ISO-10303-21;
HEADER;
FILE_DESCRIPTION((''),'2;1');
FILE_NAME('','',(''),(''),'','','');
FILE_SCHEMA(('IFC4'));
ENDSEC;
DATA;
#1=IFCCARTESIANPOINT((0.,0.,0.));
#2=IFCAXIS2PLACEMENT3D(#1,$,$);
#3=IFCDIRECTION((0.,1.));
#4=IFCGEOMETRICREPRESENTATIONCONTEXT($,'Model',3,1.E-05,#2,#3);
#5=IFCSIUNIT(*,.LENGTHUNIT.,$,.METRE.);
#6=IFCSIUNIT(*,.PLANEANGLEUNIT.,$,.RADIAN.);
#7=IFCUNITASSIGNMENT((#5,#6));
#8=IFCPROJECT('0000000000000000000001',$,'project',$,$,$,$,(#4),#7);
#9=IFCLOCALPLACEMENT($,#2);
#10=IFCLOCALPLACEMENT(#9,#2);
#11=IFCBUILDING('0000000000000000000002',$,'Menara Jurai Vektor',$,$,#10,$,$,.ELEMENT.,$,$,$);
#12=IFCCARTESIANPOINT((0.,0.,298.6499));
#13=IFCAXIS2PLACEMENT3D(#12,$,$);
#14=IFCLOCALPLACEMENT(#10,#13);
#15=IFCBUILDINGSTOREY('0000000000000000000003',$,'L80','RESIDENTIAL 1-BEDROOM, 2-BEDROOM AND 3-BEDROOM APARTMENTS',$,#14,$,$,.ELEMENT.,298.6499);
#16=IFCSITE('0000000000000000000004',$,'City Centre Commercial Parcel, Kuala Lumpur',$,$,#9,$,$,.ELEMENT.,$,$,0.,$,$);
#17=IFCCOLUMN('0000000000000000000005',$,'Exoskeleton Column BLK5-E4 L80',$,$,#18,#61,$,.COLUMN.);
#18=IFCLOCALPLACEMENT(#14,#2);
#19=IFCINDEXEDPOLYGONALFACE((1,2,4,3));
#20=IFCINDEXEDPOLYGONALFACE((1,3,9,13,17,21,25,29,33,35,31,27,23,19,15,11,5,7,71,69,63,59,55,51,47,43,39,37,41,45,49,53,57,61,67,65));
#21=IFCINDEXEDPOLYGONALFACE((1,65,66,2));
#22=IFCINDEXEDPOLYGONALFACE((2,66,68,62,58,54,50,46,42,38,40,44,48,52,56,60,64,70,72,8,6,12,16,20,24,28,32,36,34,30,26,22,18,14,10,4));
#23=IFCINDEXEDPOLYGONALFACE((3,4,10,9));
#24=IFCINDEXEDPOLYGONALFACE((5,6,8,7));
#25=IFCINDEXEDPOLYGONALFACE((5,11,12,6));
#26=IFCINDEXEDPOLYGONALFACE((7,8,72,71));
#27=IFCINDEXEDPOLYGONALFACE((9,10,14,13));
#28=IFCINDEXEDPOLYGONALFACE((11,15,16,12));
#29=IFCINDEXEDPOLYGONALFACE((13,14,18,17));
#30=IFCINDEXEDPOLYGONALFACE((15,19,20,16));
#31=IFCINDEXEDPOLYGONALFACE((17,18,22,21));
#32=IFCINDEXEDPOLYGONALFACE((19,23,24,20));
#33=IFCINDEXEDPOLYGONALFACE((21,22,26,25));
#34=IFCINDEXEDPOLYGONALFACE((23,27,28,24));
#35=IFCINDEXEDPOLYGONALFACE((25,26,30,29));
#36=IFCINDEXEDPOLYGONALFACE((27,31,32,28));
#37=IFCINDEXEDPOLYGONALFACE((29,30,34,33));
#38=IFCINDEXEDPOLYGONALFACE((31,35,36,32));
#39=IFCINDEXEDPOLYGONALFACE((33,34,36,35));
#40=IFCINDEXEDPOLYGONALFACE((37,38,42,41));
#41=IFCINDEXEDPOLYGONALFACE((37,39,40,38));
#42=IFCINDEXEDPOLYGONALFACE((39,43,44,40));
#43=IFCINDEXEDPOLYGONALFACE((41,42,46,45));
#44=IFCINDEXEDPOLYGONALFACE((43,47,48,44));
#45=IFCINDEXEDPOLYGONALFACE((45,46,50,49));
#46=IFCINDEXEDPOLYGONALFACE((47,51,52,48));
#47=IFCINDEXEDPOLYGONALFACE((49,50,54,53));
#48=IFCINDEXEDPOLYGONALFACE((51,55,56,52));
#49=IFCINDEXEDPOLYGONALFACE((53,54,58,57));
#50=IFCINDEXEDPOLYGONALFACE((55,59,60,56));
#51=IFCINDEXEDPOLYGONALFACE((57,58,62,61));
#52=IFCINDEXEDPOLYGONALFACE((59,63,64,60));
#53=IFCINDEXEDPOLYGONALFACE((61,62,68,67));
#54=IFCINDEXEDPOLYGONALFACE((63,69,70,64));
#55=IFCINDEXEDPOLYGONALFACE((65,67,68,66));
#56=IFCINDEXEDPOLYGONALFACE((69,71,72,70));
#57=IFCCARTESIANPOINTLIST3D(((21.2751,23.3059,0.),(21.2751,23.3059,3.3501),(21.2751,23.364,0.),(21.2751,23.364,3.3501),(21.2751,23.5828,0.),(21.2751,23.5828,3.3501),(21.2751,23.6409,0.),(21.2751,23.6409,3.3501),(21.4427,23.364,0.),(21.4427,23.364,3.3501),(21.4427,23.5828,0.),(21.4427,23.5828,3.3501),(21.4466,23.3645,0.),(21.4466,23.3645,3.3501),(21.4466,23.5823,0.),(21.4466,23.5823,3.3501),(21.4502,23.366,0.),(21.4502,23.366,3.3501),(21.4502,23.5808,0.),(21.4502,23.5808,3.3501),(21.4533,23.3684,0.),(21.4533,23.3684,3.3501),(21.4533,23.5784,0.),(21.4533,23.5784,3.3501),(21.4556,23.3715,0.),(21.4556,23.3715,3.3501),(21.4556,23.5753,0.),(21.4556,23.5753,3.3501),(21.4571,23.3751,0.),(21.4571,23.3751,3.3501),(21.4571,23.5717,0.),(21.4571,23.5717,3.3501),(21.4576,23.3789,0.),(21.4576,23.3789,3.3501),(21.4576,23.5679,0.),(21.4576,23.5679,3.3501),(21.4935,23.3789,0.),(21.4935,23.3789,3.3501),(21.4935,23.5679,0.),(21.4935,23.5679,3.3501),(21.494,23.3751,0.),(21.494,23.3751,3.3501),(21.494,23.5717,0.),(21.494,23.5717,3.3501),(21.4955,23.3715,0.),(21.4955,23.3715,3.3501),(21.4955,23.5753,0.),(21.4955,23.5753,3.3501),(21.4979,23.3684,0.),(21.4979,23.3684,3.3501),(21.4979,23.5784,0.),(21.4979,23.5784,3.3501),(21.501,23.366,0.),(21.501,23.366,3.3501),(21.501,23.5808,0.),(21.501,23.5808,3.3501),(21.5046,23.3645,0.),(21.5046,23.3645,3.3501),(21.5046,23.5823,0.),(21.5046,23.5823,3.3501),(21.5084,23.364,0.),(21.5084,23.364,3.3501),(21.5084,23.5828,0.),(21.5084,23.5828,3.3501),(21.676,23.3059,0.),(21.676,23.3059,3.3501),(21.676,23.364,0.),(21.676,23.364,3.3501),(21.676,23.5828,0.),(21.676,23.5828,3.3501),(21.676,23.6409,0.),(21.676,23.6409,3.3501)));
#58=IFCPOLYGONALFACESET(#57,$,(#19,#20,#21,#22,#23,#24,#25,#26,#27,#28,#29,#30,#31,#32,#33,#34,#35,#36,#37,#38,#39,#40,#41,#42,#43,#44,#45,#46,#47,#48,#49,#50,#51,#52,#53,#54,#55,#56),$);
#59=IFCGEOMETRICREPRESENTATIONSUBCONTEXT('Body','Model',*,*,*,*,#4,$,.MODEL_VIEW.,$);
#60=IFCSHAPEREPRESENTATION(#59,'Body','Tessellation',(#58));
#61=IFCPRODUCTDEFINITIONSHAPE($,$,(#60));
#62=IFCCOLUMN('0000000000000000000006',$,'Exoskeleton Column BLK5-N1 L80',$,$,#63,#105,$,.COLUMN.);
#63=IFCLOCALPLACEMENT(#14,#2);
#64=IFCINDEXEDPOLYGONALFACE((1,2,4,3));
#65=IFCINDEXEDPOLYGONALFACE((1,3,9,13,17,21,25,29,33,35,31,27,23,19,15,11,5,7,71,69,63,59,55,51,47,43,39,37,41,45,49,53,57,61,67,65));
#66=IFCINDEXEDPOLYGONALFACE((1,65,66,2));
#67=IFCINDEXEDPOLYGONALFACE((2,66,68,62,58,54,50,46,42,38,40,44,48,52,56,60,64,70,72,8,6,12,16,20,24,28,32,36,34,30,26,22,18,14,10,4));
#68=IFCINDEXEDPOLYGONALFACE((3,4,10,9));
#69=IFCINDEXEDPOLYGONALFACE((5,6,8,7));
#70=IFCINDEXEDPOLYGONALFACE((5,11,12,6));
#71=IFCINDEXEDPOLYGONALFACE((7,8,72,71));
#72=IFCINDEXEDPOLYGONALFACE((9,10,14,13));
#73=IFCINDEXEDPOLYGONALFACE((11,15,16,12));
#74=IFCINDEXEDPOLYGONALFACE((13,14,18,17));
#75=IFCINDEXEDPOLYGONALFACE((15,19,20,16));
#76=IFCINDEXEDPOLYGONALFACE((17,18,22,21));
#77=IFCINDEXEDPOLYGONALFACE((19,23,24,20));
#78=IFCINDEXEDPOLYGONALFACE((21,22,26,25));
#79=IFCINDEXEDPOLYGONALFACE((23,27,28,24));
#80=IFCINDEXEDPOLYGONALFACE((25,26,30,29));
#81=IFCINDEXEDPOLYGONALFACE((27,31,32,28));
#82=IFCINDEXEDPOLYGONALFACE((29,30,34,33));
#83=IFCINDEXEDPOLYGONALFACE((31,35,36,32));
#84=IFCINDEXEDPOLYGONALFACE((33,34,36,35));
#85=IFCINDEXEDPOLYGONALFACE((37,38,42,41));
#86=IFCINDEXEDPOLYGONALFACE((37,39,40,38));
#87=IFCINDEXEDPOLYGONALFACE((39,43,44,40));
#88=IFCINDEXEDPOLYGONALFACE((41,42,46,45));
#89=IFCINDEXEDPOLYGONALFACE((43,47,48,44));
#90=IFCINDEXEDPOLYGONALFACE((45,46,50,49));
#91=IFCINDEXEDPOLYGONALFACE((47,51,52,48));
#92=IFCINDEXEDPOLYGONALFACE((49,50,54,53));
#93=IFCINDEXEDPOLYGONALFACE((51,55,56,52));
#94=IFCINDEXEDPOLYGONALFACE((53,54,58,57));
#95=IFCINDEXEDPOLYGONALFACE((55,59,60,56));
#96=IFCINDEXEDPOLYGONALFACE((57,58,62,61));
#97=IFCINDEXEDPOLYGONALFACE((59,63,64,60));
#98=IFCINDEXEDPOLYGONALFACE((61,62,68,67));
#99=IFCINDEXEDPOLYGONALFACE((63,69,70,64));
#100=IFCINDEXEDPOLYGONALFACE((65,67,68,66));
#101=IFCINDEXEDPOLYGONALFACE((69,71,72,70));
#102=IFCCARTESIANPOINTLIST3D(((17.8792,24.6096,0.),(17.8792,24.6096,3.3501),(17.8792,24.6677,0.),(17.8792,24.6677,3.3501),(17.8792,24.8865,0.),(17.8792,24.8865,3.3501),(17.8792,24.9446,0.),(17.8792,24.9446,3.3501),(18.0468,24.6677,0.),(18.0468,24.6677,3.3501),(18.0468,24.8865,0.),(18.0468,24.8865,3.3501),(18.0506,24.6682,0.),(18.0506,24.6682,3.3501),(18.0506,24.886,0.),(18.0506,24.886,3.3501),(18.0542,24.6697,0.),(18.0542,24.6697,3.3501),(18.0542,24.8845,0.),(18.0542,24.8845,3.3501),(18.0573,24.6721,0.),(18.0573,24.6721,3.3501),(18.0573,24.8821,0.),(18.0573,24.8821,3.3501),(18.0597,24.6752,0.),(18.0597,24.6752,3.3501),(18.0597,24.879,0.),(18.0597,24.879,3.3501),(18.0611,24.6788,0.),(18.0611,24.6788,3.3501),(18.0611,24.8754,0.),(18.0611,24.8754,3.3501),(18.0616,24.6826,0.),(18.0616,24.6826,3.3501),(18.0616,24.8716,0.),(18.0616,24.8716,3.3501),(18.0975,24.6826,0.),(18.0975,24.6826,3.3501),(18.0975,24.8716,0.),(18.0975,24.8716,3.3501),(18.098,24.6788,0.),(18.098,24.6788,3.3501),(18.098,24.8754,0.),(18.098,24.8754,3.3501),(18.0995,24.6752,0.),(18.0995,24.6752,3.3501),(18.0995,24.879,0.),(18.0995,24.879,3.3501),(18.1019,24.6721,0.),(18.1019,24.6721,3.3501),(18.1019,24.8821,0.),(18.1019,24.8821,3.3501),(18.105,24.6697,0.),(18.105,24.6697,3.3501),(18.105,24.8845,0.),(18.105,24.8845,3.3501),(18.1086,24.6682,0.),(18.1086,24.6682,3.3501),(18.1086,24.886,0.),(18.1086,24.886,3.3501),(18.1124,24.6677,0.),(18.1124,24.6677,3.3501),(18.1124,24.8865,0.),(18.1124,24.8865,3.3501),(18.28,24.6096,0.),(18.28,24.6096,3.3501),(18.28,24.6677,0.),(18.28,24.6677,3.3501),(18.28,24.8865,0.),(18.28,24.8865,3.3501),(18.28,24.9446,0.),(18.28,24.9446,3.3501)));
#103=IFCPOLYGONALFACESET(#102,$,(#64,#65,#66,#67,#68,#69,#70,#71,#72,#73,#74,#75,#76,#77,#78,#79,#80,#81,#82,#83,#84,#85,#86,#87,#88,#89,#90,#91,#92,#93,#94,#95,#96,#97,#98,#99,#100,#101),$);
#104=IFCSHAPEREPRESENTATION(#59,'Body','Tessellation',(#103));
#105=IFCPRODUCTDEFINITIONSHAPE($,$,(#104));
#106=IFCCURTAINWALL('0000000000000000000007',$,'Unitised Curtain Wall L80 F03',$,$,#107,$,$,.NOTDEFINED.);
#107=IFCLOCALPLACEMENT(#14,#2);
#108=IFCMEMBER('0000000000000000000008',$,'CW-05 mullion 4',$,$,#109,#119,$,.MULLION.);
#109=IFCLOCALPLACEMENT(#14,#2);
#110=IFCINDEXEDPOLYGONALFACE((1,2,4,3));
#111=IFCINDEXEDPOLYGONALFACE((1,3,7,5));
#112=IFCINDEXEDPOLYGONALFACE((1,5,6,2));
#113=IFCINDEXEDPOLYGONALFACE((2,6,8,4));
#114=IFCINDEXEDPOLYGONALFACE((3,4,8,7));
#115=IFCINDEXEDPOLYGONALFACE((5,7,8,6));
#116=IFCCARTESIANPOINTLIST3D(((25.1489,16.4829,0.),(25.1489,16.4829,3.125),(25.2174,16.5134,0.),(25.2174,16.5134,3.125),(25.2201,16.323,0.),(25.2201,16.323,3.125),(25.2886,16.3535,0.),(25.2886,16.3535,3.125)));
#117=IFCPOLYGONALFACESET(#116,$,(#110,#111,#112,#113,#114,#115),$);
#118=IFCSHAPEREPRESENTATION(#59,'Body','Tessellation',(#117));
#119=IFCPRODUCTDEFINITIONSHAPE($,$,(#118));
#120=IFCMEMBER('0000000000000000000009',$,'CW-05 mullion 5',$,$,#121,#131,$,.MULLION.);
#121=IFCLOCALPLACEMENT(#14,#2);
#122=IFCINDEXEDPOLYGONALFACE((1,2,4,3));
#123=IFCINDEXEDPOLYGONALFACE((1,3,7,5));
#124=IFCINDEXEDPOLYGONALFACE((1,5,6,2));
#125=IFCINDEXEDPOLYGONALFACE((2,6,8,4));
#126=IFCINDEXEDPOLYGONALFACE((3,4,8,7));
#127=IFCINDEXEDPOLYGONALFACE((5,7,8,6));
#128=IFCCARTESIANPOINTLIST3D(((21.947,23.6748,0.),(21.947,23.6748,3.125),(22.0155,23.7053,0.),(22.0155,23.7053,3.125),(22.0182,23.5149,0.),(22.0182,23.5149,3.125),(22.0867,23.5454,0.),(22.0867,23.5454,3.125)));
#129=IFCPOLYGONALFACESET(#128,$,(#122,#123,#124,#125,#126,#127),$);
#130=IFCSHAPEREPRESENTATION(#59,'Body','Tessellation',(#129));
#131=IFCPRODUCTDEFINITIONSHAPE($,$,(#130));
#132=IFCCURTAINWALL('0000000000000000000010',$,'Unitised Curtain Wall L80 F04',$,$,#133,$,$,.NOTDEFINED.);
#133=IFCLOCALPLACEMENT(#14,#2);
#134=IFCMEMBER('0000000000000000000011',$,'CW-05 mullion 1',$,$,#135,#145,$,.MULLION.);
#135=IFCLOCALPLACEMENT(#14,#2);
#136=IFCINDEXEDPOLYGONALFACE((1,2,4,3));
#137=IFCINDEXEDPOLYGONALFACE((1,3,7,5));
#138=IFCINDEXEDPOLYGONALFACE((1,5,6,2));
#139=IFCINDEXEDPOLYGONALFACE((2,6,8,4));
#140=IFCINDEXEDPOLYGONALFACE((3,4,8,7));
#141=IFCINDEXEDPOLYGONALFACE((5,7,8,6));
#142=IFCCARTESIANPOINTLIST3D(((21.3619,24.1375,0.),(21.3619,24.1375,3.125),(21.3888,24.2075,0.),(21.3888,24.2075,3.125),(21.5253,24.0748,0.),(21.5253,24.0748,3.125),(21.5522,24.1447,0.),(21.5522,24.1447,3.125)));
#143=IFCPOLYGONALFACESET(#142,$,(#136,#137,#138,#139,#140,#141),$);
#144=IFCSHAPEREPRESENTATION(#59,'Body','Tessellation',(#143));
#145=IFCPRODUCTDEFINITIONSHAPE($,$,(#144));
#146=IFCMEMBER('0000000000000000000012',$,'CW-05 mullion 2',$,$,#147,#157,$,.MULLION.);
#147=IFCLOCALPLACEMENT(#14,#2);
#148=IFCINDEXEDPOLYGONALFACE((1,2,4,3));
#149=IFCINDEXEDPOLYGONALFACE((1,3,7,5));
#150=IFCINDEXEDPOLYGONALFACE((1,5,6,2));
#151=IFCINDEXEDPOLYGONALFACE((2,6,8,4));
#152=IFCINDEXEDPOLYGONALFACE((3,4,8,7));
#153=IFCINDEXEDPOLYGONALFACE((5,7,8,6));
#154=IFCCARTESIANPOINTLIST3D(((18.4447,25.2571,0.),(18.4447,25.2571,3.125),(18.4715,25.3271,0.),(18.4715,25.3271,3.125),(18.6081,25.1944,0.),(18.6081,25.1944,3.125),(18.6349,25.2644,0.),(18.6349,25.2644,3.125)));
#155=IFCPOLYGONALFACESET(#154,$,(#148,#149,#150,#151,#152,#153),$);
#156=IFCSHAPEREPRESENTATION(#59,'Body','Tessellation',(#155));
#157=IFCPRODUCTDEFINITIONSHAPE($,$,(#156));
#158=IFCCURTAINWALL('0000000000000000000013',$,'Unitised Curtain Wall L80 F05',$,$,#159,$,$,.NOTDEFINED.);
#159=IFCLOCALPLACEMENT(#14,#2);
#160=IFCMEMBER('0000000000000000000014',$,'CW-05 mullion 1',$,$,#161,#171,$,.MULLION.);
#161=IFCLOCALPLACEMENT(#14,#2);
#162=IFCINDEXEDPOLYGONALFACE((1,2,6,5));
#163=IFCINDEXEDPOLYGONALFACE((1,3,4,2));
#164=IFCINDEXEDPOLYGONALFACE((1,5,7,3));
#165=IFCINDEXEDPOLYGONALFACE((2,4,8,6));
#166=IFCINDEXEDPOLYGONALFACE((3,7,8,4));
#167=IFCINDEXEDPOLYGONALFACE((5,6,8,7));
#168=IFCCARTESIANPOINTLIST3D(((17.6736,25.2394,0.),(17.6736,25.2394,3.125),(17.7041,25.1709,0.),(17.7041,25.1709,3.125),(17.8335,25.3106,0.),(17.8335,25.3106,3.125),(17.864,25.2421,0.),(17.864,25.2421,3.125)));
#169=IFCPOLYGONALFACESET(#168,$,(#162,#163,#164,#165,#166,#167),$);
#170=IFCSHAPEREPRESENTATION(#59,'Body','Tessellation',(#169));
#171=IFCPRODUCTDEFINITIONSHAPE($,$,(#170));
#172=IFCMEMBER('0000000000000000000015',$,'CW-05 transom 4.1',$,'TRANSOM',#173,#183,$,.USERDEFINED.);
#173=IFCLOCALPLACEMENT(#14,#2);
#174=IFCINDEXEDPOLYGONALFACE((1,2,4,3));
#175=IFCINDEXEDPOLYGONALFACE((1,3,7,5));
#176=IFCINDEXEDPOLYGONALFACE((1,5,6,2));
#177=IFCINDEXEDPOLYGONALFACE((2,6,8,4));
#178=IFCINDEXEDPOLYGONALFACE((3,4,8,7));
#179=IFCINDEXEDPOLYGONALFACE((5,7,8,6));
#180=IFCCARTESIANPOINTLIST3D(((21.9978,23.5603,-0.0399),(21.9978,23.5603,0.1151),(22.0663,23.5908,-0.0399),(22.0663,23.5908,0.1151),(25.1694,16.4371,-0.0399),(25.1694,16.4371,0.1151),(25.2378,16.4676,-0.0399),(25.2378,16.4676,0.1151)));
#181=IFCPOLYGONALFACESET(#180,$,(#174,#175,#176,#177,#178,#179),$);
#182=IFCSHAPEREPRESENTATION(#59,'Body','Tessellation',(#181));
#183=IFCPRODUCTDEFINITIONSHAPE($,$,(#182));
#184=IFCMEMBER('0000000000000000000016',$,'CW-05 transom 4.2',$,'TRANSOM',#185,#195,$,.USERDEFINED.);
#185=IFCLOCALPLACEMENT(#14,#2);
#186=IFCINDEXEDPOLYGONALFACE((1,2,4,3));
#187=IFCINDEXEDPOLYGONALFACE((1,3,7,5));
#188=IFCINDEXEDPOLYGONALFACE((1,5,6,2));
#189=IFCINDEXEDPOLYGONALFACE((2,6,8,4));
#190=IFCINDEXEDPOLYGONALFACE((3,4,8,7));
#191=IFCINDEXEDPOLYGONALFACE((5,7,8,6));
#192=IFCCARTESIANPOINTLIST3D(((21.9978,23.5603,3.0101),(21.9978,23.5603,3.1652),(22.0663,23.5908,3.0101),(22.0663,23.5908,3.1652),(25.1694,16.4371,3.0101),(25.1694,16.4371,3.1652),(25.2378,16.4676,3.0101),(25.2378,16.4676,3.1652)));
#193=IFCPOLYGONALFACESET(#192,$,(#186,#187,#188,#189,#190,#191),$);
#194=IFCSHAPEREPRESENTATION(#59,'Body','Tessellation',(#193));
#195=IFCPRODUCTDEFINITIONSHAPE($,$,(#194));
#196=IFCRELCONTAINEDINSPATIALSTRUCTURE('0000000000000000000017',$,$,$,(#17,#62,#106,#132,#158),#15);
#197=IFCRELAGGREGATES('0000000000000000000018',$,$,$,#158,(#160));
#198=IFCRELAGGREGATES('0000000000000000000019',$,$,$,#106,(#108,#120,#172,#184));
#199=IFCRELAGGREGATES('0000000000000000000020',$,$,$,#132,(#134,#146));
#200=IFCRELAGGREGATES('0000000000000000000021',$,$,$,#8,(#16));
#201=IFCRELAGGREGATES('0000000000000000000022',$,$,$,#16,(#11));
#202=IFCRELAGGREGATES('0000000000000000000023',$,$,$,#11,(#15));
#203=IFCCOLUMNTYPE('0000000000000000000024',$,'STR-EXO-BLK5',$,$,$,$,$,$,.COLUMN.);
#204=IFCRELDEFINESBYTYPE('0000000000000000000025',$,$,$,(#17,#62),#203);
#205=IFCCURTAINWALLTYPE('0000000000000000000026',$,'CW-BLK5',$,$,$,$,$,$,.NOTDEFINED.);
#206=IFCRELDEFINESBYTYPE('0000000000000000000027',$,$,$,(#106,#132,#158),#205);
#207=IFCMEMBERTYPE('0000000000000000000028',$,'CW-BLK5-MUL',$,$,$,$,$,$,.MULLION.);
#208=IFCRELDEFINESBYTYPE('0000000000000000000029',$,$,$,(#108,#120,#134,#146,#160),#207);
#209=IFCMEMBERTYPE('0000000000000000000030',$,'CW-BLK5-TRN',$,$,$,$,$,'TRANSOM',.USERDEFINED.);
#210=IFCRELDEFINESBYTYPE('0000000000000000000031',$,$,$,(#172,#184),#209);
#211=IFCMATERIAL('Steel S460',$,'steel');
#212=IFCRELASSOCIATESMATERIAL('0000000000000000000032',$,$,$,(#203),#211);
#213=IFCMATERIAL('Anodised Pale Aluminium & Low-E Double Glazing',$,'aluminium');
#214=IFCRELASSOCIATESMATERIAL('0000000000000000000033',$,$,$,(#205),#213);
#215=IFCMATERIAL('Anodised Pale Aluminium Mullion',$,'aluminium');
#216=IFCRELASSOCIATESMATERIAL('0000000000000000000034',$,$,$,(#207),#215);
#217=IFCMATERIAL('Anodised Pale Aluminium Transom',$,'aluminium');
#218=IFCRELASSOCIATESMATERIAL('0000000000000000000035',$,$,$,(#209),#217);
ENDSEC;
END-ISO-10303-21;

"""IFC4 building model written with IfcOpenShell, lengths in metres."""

from ifc_helpers import new_model, si_unit, direction, frame, origin, origin_2d, place, context, subcontext, project, spatial, rectangle, i_section, extrude, material, material_profile, profile_set, type_object, element, aggregate, save


model = new_model("IFC4")

# Units and contexts
model_context = context("Model", 3, precision=1e-05, world=origin(), true_north=direction((0.0, 1.0)))
body_context = subcontext(model_context, "Body", "Model", "MODEL_VIEW")
ifc_project = project(units=[si_unit("LENGTHUNIT", "METRE"), si_unit("PLANEANGLEUNIT", "RADIAN")], contexts=[model_context])

# Site, building, storey
site_placement = place(None, origin())
site = spatial("IfcSite", under=ifc_project, at=site_placement, Name="City Centre Commercial Parcel, Kuala Lumpur", CompositionType="ELEMENT", RefElevation=0.0)
building_placement = place(site_placement, origin())
building = spatial("IfcBuilding", under=site, at=building_placement, Name="Menara Jurai Vektor", CompositionType="ELEMENT")
storey_placement = place(building_placement, frame((0.0, 0.0, 298.6499)))
storey = spatial("IfcBuildingStorey", under=building, at=storey_placement, Name="L80", Description="RESIDENTIAL 1-BEDROOM, 2-BEDROOM AND 3-BEDROOM APARTMENTS", CompositionType="ELEMENT", Elevation=298.6499)

# Columns
ifc_material_1 = material(Name="Steel S460", Category="steel")
ifc_material_profile_1 = material_profile(ifc_material_1, i_section(OverallWidth=0.4009, OverallDepth=0.335, WebThickness=0.0359, FlangeThickness=0.0581, FilletRadius=0.0149, at=origin_2d()), Name="HD 400x463")
ifc_profile_set_1 = profile_set([ifc_material_profile_1], Name="Steel S460")
column_type = type_object("IfcColumnType", Name="STR-EXO-BLK5", PredefinedType="COLUMN", material=ifc_profile_set_1)
for number, where, z_axis, x_axis, name in (
    (1, (21.4756, 23.4734, 0.0), (0.0, 0.0, 1.0), (1.0, 0.0, 0.0), "Exoskeleton Column BLK5-E4 L80"),
    (2, (18.0796, 24.7771, 0.0), (0.0, 0.0, 1.0), (1.0, 0.0, 0.0), "Exoskeleton Column BLK5-N1 L80"),
):
    element("IfcColumn", number, at=place(storey_placement, frame(where, z_axis=z_axis, x_axis=x_axis)), inside=storey, type_object=column_type, Name=name, PredefinedType="COLUMN", context=body_context, shape_type="SweptSolid", body=[
        extrude(i_section(OverallWidth=0.4009, OverallDepth=0.335, WebThickness=0.0359, FlangeThickness=0.0581, FilletRadius=0.0149, at=origin_2d()), origin(), (0.0, 0.0, 1.0), 3.3501),
    ])

# Curtain walls, members
ifc_material_2 = material(Name="Anodised Pale Aluminium & Low-E Double Glazing", Category="aluminium")
curtain_wall_type = type_object("IfcCurtainWallType", Name="CW-BLK5", PredefinedType="NOTDEFINED", material=ifc_material_2)
curtain_wall_1_placement = place(storey_placement, origin())
curtain_wall_1 = element("IfcCurtainWall", 3, at=curtain_wall_1_placement, inside=storey, type_object=curtain_wall_type, Name="Unitised Curtain Wall L80 F03", PredefinedType="NOTDEFINED")
ifc_material_3 = material(Name="Anodised Pale Aluminium Mullion", Category="aluminium")
ifc_material_profile_2 = material_profile(ifc_material_3, rectangle(XDim=0.075, YDim=0.175, at=origin_2d()), Name="ALU MUL 75x175")
ifc_profile_set_2 = profile_set([ifc_material_profile_2], Name="Anodised Pale Aluminium Mullion")
member_type_1 = type_object("IfcMemberType", Name="CW-BLK5-MUL", PredefinedType="MULLION", material=ifc_profile_set_2)
member_1_placement = place(storey_placement, frame((25.2188, 16.4182, 0.0), z_axis=(0.0, 0.0, 1.0), x_axis=(-0.913546, -0.406735, 0.0)))
member_1 = element("IfcMember", 4, at=member_1_placement, type_object=member_type_1, Name="CW-05 mullion 4", PredefinedType="MULLION", context=body_context, shape_type="SweptSolid", body=[
    extrude(rectangle(XDim=0.075, YDim=0.175, at=origin_2d()), origin(), (0.0, 0.0, 1.0), 3.125),
])
member_2_placement = place(storey_placement, frame((22.0168, 23.6101, 0.0), z_axis=(0.0, 0.0, 1.0), x_axis=(-0.913546, -0.406735, 0.0)))
member_2 = element("IfcMember", 5, at=member_2_placement, type_object=member_type_1, Name="CW-05 mullion 5", PredefinedType="MULLION", context=body_context, shape_type="SweptSolid", body=[
    extrude(rectangle(XDim=0.075, YDim=0.175, at=origin_2d()), origin(), (0.0, 0.0, 1.0), 3.125),
])
curtain_wall_2_placement = place(storey_placement, origin())
curtain_wall_2 = element("IfcCurtainWall", 6, at=curtain_wall_2_placement, inside=storey, type_object=curtain_wall_type, Name="Unitised Curtain Wall L80 F04", PredefinedType="NOTDEFINED")
member_3_placement = place(storey_placement, frame((21.457, 24.1411, 0.0), z_axis=(0.0, 0.0, 1.0), x_axis=(-0.358374, -0.933578, 0.0)))
member_3 = element("IfcMember", 7, at=member_3_placement, type_object=member_type_1, Name="CW-05 mullion 1", PredefinedType="MULLION", context=body_context, shape_type="SweptSolid", body=[
    extrude(rectangle(XDim=0.075, YDim=0.175, at=origin_2d()), origin(), (0.0, 0.0, 1.0), 3.125),
])
member_4_placement = place(storey_placement, frame((18.5398, 25.2607, 0.0), z_axis=(0.0, 0.0, 1.0), x_axis=(-0.358374, -0.933578, 0.0)))
member_4 = element("IfcMember", 8, at=member_4_placement, type_object=member_type_1, Name="CW-05 mullion 2", PredefinedType="MULLION", context=body_context, shape_type="SweptSolid", body=[
    extrude(rectangle(XDim=0.075, YDim=0.175, at=origin_2d()), origin(), (0.0, 0.0, 1.0), 3.125),
])

# Curtain wall, member
curtain_wall_3_placement = place(storey_placement, origin())
curtain_wall_3 = element("IfcCurtainWall", 9, at=curtain_wall_3_placement, inside=storey, type_object=curtain_wall_type, Name="Unitised Curtain Wall L80 F05", PredefinedType="NOTDEFINED")
member_5_placement = place(storey_placement, frame((17.7688, 25.2407, 0.0), z_axis=(0.0, 0.0, 1.0), x_axis=(0.406735, -0.913546, 0.0)))
member_5 = element("IfcMember", 10, at=member_5_placement, type_object=member_type_1, Name="CW-05 mullion 1", PredefinedType="MULLION", context=body_context, shape_type="SweptSolid", body=[
    extrude(rectangle(XDim=0.075, YDim=0.175, at=origin_2d()), origin(), (0.0, 0.0, 1.0), 3.125),
])

# Members
ifc_material_4 = material(Name="Anodised Pale Aluminium Transom", Category="aluminium")
ifc_material_profile_3 = material_profile(ifc_material_4, rectangle(XDim=0.075, YDim=0.155, at=origin_2d()), Name="ALU TRN 75x155")
ifc_profile_set_3 = profile_set([ifc_material_profile_3], Name="Anodised Pale Aluminium Transom")
member_type_2 = type_object("IfcMemberType", Name="CW-BLK5-TRN", ElementType="TRANSOM", PredefinedType="USERDEFINED", material=ifc_profile_set_3)
member_6_placement = place(storey_placement, frame((25.2036, 16.4524, 0.0376), z_axis=(-0.406751, 0.913539, 0.0), x_axis=(-0.913539, -0.406751, 0.0)))
member_6 = element("IfcMember", 11, at=member_6_placement, type_object=member_type_2, Name="CW-05 transom 4.1", ObjectType="TRANSOM", PredefinedType="USERDEFINED", context=body_context, shape_type="SweptSolid", body=[
    extrude(rectangle(XDim=0.075, YDim=0.155, at=origin_2d()), origin(), (0.0, 0.0, 1.0), 7.7974),
])
member_7_placement = place(storey_placement, frame((25.2036, 16.4524, 3.0876), z_axis=(-0.406751, 0.913539, 0.0), x_axis=(-0.913539, -0.406751, 0.0)))
member_7 = element("IfcMember", 12, at=member_7_placement, type_object=member_type_2, Name="CW-05 transom 4.2", ObjectType="TRANSOM", PredefinedType="USERDEFINED", context=body_context, shape_type="SweptSolid", body=[
    extrude(rectangle(XDim=0.075, YDim=0.155, at=origin_2d()), origin(), (0.0, 0.0, 1.0), 7.7974),
])
aggregate(curtain_wall_3, [member_5])

aggregate(curtain_wall_1, [member_1, member_2, member_6, member_7])
aggregate(curtain_wall_2, [member_3, member_4])

save(model, "model.ifc")
